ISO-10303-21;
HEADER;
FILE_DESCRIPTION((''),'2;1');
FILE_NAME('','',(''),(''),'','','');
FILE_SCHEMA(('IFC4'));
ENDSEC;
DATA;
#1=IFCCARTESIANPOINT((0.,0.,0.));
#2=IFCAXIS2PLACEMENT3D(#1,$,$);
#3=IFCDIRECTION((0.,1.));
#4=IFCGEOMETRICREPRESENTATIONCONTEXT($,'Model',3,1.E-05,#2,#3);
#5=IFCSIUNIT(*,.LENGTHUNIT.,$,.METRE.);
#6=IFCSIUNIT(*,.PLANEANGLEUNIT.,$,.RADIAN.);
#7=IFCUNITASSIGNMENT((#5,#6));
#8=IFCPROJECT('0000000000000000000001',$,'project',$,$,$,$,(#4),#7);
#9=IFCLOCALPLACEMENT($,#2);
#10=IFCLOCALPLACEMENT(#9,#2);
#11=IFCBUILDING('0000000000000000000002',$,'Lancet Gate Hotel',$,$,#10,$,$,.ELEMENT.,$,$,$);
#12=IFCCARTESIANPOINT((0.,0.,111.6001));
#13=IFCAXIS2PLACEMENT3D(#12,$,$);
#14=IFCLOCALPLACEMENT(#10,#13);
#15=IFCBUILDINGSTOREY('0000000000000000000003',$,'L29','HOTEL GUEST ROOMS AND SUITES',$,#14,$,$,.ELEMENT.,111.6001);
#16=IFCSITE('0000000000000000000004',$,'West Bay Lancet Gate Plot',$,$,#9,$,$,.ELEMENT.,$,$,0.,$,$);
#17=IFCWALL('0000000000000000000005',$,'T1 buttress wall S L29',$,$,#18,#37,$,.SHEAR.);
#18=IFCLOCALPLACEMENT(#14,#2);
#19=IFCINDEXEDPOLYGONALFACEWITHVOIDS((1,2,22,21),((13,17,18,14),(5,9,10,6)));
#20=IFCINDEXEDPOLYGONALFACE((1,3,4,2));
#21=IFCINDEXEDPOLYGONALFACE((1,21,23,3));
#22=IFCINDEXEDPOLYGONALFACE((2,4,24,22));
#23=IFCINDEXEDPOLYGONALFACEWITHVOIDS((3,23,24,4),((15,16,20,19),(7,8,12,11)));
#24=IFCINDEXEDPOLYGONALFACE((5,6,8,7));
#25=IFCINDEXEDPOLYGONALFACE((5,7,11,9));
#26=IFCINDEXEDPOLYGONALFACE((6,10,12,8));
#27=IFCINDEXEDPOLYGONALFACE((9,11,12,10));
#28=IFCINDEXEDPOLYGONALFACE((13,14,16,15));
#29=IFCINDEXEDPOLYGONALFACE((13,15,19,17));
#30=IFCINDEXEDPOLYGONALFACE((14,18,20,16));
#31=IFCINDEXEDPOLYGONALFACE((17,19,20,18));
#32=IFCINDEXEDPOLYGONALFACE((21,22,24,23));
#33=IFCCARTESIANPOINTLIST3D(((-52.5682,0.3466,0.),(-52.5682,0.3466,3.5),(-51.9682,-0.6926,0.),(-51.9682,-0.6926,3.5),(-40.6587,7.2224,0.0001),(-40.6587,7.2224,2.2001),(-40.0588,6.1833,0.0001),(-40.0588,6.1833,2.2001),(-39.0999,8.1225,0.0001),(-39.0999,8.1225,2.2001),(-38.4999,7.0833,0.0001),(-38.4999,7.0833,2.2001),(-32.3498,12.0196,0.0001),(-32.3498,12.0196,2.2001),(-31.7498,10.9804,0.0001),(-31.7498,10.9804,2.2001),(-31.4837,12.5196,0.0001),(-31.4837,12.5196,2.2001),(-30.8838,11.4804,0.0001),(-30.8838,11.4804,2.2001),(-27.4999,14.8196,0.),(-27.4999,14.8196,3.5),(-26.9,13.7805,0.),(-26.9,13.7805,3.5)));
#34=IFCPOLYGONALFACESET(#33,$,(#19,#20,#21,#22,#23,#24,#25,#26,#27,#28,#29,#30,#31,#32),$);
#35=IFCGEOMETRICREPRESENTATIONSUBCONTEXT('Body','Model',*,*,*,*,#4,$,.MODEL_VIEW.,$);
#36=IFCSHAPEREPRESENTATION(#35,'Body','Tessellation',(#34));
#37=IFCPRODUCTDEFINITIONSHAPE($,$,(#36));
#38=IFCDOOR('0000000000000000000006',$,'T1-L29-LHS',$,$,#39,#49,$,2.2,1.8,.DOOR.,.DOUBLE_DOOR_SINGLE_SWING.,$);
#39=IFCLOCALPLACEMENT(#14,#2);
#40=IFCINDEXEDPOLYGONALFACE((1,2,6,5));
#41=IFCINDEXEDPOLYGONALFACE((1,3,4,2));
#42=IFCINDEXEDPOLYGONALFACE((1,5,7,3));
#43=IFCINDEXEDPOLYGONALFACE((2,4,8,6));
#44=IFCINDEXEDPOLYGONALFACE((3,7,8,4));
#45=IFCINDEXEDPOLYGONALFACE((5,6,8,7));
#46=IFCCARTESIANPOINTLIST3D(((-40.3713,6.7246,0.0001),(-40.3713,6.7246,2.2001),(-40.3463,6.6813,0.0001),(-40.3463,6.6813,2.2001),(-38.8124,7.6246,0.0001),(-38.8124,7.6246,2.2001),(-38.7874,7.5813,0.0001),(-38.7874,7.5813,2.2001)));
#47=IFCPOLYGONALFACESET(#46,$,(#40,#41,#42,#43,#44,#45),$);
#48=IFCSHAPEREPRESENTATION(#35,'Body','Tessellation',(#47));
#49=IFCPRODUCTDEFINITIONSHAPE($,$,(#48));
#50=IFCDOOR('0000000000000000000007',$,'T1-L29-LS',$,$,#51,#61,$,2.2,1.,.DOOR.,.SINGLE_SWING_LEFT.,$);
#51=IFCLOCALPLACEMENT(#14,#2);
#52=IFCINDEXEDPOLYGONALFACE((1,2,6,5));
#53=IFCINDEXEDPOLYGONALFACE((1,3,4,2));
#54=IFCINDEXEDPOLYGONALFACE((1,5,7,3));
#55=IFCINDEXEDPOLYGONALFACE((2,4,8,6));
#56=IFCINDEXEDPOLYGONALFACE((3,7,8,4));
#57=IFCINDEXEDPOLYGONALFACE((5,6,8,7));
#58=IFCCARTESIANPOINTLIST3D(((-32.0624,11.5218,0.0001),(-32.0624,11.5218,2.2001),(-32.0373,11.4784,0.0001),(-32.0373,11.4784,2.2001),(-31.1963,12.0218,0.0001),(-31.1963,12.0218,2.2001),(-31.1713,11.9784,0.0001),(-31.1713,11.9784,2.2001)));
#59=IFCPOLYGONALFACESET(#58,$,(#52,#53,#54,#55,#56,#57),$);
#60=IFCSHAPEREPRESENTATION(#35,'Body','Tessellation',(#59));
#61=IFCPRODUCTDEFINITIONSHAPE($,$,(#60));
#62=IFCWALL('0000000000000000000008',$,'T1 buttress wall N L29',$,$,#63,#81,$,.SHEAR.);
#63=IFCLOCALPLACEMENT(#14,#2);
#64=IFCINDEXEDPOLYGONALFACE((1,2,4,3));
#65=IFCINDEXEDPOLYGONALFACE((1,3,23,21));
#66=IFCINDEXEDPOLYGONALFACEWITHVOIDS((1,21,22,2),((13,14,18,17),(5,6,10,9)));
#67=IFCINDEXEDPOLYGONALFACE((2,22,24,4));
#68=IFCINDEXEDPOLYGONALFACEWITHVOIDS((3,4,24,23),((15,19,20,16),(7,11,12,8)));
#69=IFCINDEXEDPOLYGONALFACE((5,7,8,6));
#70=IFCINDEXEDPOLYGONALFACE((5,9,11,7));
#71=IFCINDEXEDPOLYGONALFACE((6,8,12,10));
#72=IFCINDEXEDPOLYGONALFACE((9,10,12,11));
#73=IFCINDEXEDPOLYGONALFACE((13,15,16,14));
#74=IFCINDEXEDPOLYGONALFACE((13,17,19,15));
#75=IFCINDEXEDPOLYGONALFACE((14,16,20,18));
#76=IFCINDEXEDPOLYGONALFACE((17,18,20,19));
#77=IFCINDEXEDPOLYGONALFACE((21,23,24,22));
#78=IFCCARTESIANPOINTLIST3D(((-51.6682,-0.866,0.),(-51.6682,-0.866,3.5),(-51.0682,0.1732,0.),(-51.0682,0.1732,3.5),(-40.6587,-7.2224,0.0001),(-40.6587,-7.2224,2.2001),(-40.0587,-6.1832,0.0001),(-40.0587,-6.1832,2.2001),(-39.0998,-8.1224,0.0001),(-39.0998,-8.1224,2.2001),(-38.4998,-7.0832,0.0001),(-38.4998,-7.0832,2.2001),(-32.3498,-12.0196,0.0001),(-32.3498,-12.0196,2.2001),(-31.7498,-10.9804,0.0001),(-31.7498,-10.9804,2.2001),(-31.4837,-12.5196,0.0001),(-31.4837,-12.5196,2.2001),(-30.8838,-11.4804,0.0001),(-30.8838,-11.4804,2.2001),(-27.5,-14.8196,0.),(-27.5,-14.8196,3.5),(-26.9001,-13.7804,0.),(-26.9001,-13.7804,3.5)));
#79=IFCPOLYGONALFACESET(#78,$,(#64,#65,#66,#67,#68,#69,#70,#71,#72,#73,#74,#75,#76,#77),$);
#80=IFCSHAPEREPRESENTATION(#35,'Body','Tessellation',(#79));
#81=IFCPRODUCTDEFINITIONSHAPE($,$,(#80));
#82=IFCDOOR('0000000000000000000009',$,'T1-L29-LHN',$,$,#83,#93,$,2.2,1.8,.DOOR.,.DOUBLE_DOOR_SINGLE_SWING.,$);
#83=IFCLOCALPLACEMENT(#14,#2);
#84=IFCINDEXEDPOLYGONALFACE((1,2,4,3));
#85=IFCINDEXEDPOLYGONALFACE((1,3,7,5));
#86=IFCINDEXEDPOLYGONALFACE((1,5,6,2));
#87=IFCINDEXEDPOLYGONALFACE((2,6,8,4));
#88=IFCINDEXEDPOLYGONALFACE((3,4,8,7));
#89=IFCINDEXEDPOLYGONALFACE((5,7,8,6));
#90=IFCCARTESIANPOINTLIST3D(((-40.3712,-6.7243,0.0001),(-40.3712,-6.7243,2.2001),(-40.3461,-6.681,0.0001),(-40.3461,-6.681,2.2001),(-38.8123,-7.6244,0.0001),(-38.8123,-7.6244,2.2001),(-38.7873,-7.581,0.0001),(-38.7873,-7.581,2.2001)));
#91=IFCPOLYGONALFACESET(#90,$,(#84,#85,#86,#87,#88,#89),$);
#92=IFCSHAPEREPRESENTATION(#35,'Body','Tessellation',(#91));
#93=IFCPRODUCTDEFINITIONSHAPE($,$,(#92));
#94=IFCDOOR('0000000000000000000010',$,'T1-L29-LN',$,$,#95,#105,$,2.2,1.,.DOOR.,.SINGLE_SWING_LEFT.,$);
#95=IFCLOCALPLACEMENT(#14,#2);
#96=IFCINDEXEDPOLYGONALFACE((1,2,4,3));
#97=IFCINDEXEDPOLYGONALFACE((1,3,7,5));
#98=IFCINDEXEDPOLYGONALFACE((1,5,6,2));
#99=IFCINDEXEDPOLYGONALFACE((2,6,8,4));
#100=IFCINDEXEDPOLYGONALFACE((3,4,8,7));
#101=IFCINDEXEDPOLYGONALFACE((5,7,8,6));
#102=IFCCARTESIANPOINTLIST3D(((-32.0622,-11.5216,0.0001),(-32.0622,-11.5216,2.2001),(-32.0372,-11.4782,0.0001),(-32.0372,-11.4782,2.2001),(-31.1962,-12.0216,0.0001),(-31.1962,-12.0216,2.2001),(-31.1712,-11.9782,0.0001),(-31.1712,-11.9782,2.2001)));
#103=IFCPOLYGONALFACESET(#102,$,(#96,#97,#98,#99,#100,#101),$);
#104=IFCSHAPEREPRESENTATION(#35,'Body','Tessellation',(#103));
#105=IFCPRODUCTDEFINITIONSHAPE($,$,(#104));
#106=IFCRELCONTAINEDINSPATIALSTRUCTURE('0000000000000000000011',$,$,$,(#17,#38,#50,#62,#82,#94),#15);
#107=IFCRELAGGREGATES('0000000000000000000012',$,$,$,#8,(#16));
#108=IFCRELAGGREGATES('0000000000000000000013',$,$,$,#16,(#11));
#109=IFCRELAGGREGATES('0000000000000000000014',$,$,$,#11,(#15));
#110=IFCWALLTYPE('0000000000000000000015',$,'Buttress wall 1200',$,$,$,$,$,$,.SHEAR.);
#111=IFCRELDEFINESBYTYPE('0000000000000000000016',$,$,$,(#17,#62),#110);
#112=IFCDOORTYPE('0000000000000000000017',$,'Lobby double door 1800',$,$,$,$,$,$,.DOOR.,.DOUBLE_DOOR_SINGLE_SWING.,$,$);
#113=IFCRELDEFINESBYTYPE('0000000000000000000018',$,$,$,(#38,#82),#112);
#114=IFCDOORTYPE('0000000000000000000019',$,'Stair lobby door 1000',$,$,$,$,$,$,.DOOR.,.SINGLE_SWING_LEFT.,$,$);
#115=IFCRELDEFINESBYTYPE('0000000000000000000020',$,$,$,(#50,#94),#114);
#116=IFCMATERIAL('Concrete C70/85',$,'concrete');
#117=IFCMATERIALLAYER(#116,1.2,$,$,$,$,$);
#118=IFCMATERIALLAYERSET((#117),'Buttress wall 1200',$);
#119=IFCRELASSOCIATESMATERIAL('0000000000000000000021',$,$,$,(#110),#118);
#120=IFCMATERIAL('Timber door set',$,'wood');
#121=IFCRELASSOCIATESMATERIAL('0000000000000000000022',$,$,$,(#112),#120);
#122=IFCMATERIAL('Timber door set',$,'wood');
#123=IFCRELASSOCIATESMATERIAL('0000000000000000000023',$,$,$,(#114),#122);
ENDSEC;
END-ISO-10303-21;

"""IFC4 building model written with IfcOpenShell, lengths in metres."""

from ifc_helpers import new_model, si_unit, direction, frame, frame_2d, origin, place, context, subcontext, project, spatial, rectangle, extrude, material, layer, layer_set, type_object, element, fill, save


model = new_model("IFC4")

# Units and contexts
model_context = context("Model", 3, precision=1e-05, world=origin(), true_north=direction((0.0, 1.0)))
body_context = subcontext(model_context, "Body", "Model", "MODEL_VIEW")
ifc_project = project(units=[si_unit("LENGTHUNIT", "METRE"), si_unit("PLANEANGLEUNIT", "RADIAN")], contexts=[model_context])

# Site, building, storey
site_placement = place(None, origin())
site = spatial("IfcSite", under=ifc_project, at=site_placement, Name="West Bay Lancet Gate Plot", CompositionType="ELEMENT", RefElevation=0.0)
building_placement = place(site_placement, origin())
building = spatial("IfcBuilding", under=site, at=building_placement, Name="Lancet Gate Hotel", CompositionType="ELEMENT")
storey_placement = place(building_placement, frame((0.0, 0.0, 111.6001)))
storey = spatial("IfcBuildingStorey", under=building, at=storey_placement, Name="L29", Description="HOTEL GUEST ROOMS AND SUITES", CompositionType="ELEMENT", Elevation=111.6001)

# Walls, openings, doors
ifc_material_1 = material(Name="Concrete C70/85", Category="concrete")
ifc_layer_1 = layer(ifc_material_1, 1.2)
ifc_layer_set_1 = layer_set([ifc_layer_1], Name="Buttress wall 1200")
wall_type = type_object("IfcWallType", Name="Buttress wall 1200", PredefinedType="SHEAR", material=ifc_layer_set_1)
wall_1_placement = place(storey_placement, frame((-27.2, 14.3, 0.0), z_axis=(0.0, 0.0, 1.0), x_axis=(-0.866027, -0.499998, 0.0)))
wall_1 = element("IfcWall", 1, at=wall_1_placement, inside=storey, type_object=wall_type, Name="T1 buttress wall S L29", PredefinedType="SHEAR", context=body_context, shape_type="SweptSolid", body=[
    extrude(rectangle(XDim=28.9463, YDim=1.2, at=frame_2d((14.4731, 0.0))), origin(), (0.0, 0.0, 1.0), 3.5),
])
opening_1_placement = place(wall_1_placement, frame((4.6001, 0.0, 0.0)))
opening_1 = element("IfcOpeningElement", 2, at=opening_1_placement, cuts=wall_1, PredefinedType="OPENING", context=body_context, shape_type="SweptSolid", body=[
    extrude(rectangle(XDim=1.0, YDim=2.2, at=frame_2d((0.5, 1.1001))), frame((0.0, 0.6099, 0.0), z_axis=(0.0, -1.0, 0.0), x_axis=(1.0, 0.0, 0.0)), (0.0, 0.0, 1.0), 1.22),
])
opening_2_placement = place(wall_1_placement, frame((13.3945, 0.0, 0.0)))
opening_2 = element("IfcOpeningElement", 3, at=opening_2_placement, cuts=wall_1, PredefinedType="OPENING", context=body_context, shape_type="SweptSolid", body=[
    extrude(rectangle(XDim=1.8, YDim=2.2, at=frame_2d((0.8999, 1.1001))), frame((0.0, 0.6099, 0.0), z_axis=(0.0, -1.0, 0.0), x_axis=(1.0, 0.0, 0.0)), (0.0, 0.0, 1.0), 1.22),
])
ifc_material_2 = material(Name="Timber door set", Category="wood")
door_type_1 = type_object("IfcDoorType", Name="Lobby double door 1800", OperationType="DOUBLE_DOOR_SINGLE_SWING", PredefinedType="DOOR", material=ifc_material_2)
door_1_placement = place(opening_2_placement, origin())
door_1 = element("IfcDoor", 4, at=door_1_placement, inside=storey, type_object=door_type_1, Name="T1-L29-LHS", OperationType="DOUBLE_DOOR_SINGLE_SWING", OverallHeight=2.2, OverallWidth=1.8, PredefinedType="DOOR", context=body_context, shape_type="SweptSolid", body=[
    extrude(rectangle(XDim=1.8, YDim=2.2, at=frame_2d((0.8999, 1.1001))), frame((0.0, 0.0249, 0.0), z_axis=(0.0, -1.0, 0.0), x_axis=(1.0, 0.0, 0.0)), (0.0, 0.0, 1.0), 0.05),
])
fill(opening_2, door_1)
ifc_material_3 = material(Name="Timber door set", Category="wood")
door_type_2 = type_object("IfcDoorType", Name="Stair lobby door 1000", OperationType="SINGLE_SWING_LEFT", PredefinedType="DOOR", material=ifc_material_3)
door_2_placement = place(opening_1_placement, origin())
door_2 = element("IfcDoor", 5, at=door_2_placement, inside=storey, type_object=door_type_2, Name="T1-L29-LS", OperationType="SINGLE_SWING_LEFT", OverallHeight=2.2, OverallWidth=1.0, PredefinedType="DOOR", context=body_context, shape_type="SweptSolid", body=[
    extrude(rectangle(XDim=1.0, YDim=2.2, at=frame_2d((0.5, 1.1001))), frame((0.0, 0.0249, 0.0), z_axis=(0.0, -1.0, 0.0), x_axis=(1.0, 0.0, 0.0)), (0.0, 0.0, 1.0), 0.05),
])
fill(opening_1, door_2)
wall_2_placement = place(storey_placement, frame((-27.2, -14.3, 0.0), z_axis=(0.0, 0.0, 1.0), x_axis=(-0.866024, 0.500002, 0.0)))
wall_2 = element("IfcWall", 6, at=wall_2_placement, inside=storey, type_object=wall_type, Name="T1 buttress wall N L29", PredefinedType="SHEAR", context=body_context, shape_type="SweptSolid", body=[
    extrude(rectangle(XDim=27.907, YDim=1.2, at=frame_2d((13.9536, 0.0))), origin(), (0.0, 0.0, 1.0), 3.5),
])
opening_3_placement = place(wall_2_placement, frame((4.6001, 0.0, 0.0)))
opening_3 = element("IfcOpeningElement", 7, at=opening_3_placement, cuts=wall_2, PredefinedType="OPENING", context=body_context, shape_type="SweptSolid", body=[
    extrude(rectangle(XDim=1.0, YDim=2.2, at=frame_2d((0.5, 1.1001))), frame((0.0, 0.6099, 0.0), z_axis=(0.0, -1.0, 0.0), x_axis=(1.0, 0.0, 0.0)), (0.0, 0.0, 1.0), 1.22),
])
opening_4_placement = place(wall_2_placement, frame((13.3945, 0.0, 0.0)))
opening_4 = element("IfcOpeningElement", 8, at=opening_4_placement, cuts=wall_2, PredefinedType="OPENING", context=body_context, shape_type="SweptSolid", body=[
    extrude(rectangle(XDim=1.8, YDim=2.2, at=frame_2d((0.8999, 1.1001))), frame((0.0, 0.6099, 0.0), z_axis=(0.0, -1.0, 0.0), x_axis=(1.0, 0.0, 0.0)), (0.0, 0.0, 1.0), 1.22),
])
door_3_placement = place(opening_4_placement, origin())
door_3 = element("IfcDoor", 9, at=door_3_placement, inside=storey, type_object=door_type_1, Name="T1-L29-LHN", OperationType="DOUBLE_DOOR_SINGLE_SWING", OverallHeight=2.2, OverallWidth=1.8, PredefinedType="DOOR", context=body_context, shape_type="SweptSolid", body=[
    extrude(rectangle(XDim=1.8, YDim=2.2, at=frame_2d((0.8999, 1.1001))), frame((0.0, 0.0249, 0.0), z_axis=(0.0, -1.0, 0.0), x_axis=(1.0, 0.0, 0.0)), (0.0, 0.0, 1.0), 0.05),
])
fill(opening_4, door_3)
door_4_placement = place(opening_3_placement, origin())
door_4 = element("IfcDoor", 10, at=door_4_placement, inside=storey, type_object=door_type_2, Name="T1-L29-LN", OperationType="SINGLE_SWING_LEFT", OverallHeight=2.2, OverallWidth=1.0, PredefinedType="DOOR", context=body_context, shape_type="SweptSolid", body=[
    extrude(rectangle(XDim=1.0, YDim=2.2, at=frame_2d((0.5, 1.1001))), frame((0.0, 0.0249, 0.0), z_axis=(0.0, -1.0, 0.0), x_axis=(1.0, 0.0, 0.0)), (0.0, 0.0, 1.0), 0.05),
])
fill(opening_3, door_4)

save(model, "model.ifc")
